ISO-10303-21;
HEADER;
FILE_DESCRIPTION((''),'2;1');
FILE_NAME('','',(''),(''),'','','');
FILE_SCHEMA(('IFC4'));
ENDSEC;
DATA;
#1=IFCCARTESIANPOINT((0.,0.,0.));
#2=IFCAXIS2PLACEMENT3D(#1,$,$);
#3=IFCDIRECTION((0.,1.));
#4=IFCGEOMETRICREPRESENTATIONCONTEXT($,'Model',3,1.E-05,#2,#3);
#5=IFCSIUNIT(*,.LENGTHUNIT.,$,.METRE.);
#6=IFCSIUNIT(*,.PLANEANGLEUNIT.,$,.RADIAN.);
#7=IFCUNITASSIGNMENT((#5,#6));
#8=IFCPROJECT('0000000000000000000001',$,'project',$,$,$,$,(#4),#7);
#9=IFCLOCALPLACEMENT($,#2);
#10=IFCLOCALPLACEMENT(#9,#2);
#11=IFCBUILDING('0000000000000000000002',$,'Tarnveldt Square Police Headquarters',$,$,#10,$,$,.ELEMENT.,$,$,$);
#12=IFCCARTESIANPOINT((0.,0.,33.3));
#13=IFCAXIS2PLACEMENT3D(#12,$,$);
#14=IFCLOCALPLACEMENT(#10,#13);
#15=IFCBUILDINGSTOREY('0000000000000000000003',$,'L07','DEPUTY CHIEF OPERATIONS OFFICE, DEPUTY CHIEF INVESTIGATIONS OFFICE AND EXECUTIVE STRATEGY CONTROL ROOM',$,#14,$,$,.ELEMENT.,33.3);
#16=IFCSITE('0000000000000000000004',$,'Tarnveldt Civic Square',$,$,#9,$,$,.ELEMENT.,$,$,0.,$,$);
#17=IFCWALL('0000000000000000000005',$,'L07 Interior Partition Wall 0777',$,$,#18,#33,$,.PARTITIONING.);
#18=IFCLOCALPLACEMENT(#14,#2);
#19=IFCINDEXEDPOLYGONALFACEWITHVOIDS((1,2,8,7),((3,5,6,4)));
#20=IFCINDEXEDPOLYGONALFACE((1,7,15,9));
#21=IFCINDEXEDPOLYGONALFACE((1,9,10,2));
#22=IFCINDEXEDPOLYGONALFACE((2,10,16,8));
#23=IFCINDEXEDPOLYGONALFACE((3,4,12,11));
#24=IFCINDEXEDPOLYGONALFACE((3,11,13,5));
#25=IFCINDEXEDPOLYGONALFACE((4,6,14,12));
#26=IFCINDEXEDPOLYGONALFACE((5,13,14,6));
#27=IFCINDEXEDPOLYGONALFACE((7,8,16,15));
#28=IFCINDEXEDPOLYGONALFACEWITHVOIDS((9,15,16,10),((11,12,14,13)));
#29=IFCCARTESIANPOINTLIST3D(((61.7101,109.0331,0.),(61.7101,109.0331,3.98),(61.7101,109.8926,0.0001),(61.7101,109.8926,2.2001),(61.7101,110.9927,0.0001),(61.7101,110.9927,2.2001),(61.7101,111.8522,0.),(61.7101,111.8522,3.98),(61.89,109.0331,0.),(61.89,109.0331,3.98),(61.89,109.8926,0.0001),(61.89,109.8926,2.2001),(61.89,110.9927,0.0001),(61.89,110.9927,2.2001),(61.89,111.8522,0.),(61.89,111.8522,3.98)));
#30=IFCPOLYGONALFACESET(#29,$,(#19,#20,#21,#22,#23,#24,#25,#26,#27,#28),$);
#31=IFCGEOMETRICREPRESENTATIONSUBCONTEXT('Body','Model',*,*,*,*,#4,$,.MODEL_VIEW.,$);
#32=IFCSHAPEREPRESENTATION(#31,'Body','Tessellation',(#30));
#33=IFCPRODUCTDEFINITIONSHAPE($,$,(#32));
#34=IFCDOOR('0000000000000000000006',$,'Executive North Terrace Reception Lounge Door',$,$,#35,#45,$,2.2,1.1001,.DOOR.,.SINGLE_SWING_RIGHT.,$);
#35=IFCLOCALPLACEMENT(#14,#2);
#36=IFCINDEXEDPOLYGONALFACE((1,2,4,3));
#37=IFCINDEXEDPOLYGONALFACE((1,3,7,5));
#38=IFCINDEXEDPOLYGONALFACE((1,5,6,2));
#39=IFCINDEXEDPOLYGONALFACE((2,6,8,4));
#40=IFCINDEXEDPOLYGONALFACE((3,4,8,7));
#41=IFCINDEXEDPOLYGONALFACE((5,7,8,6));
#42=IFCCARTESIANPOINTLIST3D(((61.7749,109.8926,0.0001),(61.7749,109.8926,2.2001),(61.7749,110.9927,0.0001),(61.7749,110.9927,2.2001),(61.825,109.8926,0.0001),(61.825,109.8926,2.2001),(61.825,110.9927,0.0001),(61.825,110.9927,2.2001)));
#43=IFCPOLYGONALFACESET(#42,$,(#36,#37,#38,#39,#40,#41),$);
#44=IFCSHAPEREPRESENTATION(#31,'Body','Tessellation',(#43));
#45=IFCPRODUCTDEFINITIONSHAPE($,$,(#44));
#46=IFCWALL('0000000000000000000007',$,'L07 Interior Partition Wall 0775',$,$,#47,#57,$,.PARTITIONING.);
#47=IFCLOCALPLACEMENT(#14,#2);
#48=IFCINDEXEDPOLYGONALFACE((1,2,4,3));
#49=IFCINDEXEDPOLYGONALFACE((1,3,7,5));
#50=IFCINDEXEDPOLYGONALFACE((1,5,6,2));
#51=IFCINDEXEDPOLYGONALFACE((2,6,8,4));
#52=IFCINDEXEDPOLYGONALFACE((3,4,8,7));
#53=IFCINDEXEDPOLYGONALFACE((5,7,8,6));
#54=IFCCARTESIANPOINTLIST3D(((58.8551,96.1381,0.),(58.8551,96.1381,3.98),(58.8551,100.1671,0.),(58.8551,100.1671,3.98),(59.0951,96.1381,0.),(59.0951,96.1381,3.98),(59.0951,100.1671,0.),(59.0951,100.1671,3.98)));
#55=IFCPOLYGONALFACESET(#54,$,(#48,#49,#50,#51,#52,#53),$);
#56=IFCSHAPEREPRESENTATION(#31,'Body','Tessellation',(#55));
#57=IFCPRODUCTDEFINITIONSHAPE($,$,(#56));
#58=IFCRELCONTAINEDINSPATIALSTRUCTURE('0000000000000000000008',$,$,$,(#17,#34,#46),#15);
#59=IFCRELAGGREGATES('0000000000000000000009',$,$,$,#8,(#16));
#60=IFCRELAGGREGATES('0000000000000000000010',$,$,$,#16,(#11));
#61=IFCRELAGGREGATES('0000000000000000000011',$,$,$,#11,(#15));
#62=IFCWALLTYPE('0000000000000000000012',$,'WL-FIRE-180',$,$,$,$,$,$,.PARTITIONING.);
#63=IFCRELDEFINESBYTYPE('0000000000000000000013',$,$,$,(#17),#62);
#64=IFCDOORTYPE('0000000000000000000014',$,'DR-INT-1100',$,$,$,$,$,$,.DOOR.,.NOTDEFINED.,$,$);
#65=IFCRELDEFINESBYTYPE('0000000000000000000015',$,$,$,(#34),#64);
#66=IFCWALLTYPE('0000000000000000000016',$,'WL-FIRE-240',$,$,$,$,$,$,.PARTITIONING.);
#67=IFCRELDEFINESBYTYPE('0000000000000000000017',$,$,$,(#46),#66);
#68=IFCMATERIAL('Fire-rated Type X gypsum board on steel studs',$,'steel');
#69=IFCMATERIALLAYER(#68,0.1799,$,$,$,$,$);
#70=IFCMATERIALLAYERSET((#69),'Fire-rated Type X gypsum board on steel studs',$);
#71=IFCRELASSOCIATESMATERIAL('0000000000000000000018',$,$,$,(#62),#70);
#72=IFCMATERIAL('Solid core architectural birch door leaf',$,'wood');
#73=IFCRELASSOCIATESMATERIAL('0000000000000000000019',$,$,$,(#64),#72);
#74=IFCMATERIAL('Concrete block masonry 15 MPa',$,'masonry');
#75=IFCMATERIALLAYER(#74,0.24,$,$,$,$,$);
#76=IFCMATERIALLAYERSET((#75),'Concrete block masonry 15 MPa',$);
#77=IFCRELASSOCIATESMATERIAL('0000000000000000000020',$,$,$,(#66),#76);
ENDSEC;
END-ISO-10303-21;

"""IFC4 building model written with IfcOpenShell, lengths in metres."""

from ifc_helpers import new_model, si_unit, direction, frame, frame_2d, origin, place, context, subcontext, project, spatial, rectangle, extrude, material, layer, layer_set, type_object, element, fill, save


model = new_model("IFC4")

# Units and contexts
model_context = context("Model", 3, precision=1e-05, world=origin(), true_north=direction((0.0, 1.0)))
body_context = subcontext(model_context, "Body", "Model", "MODEL_VIEW")
ifc_project = project(units=[si_unit("LENGTHUNIT", "METRE"), si_unit("PLANEANGLEUNIT", "RADIAN")], contexts=[model_context])

# Site, building, storey
site_placement = place(None, origin())
site = spatial("IfcSite", under=ifc_project, at=site_placement, Name="Tarnveldt Civic Square", CompositionType="ELEMENT", RefElevation=0.0)
building_placement = place(site_placement, origin())
building = spatial("IfcBuilding", under=site, at=building_placement, Name="Tarnveldt Square Police Headquarters", CompositionType="ELEMENT")
storey_placement = place(building_placement, frame((0.0, 0.0, 33.3)))
storey = spatial("IfcBuildingStorey", under=building, at=storey_placement, Name="L07", Description="DEPUTY CHIEF OPERATIONS OFFICE, DEPUTY CHIEF INVESTIGATIONS OFFICE AND EXECUTIVE STRATEGY CONTROL ROOM", CompositionType="ELEMENT", Elevation=33.3)

# Wall, opening, door
ifc_material_1 = material(Name="Fire-rated Type X gypsum board on steel studs", Category="steel")
ifc_layer_1 = layer(ifc_material_1, 0.1799)
ifc_layer_set_1 = layer_set([ifc_layer_1], Name="Fire-rated Type X gypsum board on steel studs")
wall_type_1 = type_object("IfcWallType", Name="WL-FIRE-180", PredefinedType="PARTITIONING", material=ifc_layer_set_1)
wall_1_placement = place(storey_placement, frame((61.8, 109.033, 0.0), z_axis=(0.0, 0.0, 1.0), x_axis=(0.0, 1.0, 0.0)))
wall_1 = element("IfcWall", 1, at=wall_1_placement, inside=storey, type_object=wall_type_1, Name="L07 Interior Partition Wall 0777", PredefinedType="PARTITIONING", context=body_context, shape_type="SweptSolid", body=[
    extrude(rectangle(XDim=2.8191, YDim=0.1799, at=frame_2d((1.4097, 0.0))), origin(), (0.0, 0.0, 1.0), 3.98),
])
opening_1_placement = place(wall_1_placement, frame((0.8596, 0.0, 0.0)))
opening_1 = element("IfcOpeningElement", 2, at=opening_1_placement, cuts=wall_1, PredefinedType="OPENING", context=body_context, shape_type="SweptSolid", body=[
    extrude(rectangle(XDim=1.1001, YDim=2.2, at=frame_2d((0.55, 1.1001))), frame((0.0, 0.0999, 0.0), z_axis=(0.0, -1.0, 0.0), x_axis=(1.0, 0.0, 0.0)), (0.0, 0.0, 1.0), 0.2),
])
ifc_material_2 = material(Name="Solid core architectural birch door leaf", Category="wood")
door_type_1 = type_object("IfcDoorType", Name="DR-INT-1100", OperationType="NOTDEFINED", PredefinedType="DOOR", material=ifc_material_2)
door_1_placement = place(opening_1_placement, frame((1.1001, 0.0, 0.0), z_axis=(0.0, 0.0, 1.0), x_axis=(-1.0, 0.0, 0.0)))
door_1 = element("IfcDoor", 3, at=door_1_placement, inside=storey, type_object=door_type_1, Name="Executive North Terrace Reception Lounge Door", OperationType="SINGLE_SWING_RIGHT", OverallHeight=2.2, OverallWidth=1.1001, PredefinedType="DOOR", context=body_context, shape_type="SweptSolid", body=[
    extrude(rectangle(XDim=1.1001, YDim=2.2, at=frame_2d((0.55, 1.1001))), frame((0.0, 0.0249, 0.0), z_axis=(0.0, -1.0, 0.0), x_axis=(1.0, 0.0, 0.0)), (0.0, 0.0, 1.0), 0.05),
])
fill(opening_1, door_1)

# Wall
ifc_material_3 = material(Name="Concrete block masonry 15 MPa", Category="masonry")
ifc_layer_2 = layer(ifc_material_3, 0.24)
ifc_layer_set_2 = layer_set([ifc_layer_2], Name="Concrete block masonry 15 MPa")
wall_type_2 = type_object("IfcWallType", Name="WL-FIRE-240", PredefinedType="PARTITIONING", material=ifc_layer_set_2)
wall_2_placement = place(storey_placement, frame((58.9751, 96.1379, 0.0), z_axis=(0.0, 0.0, 1.0), x_axis=(0.0, 1.0, 0.0)))
element("IfcWall", 4, at=wall_2_placement, inside=storey, type_object=wall_type_2, Name="L07 Interior Partition Wall 0775", PredefinedType="PARTITIONING", context=body_context, shape_type="SweptSolid", body=[
    extrude(rectangle(XDim=4.0291, YDim=0.24, at=frame_2d((2.0146, 0.0))), origin(), (0.0, 0.0, 1.0), 3.98),
])

save(model, "model.ifc")
